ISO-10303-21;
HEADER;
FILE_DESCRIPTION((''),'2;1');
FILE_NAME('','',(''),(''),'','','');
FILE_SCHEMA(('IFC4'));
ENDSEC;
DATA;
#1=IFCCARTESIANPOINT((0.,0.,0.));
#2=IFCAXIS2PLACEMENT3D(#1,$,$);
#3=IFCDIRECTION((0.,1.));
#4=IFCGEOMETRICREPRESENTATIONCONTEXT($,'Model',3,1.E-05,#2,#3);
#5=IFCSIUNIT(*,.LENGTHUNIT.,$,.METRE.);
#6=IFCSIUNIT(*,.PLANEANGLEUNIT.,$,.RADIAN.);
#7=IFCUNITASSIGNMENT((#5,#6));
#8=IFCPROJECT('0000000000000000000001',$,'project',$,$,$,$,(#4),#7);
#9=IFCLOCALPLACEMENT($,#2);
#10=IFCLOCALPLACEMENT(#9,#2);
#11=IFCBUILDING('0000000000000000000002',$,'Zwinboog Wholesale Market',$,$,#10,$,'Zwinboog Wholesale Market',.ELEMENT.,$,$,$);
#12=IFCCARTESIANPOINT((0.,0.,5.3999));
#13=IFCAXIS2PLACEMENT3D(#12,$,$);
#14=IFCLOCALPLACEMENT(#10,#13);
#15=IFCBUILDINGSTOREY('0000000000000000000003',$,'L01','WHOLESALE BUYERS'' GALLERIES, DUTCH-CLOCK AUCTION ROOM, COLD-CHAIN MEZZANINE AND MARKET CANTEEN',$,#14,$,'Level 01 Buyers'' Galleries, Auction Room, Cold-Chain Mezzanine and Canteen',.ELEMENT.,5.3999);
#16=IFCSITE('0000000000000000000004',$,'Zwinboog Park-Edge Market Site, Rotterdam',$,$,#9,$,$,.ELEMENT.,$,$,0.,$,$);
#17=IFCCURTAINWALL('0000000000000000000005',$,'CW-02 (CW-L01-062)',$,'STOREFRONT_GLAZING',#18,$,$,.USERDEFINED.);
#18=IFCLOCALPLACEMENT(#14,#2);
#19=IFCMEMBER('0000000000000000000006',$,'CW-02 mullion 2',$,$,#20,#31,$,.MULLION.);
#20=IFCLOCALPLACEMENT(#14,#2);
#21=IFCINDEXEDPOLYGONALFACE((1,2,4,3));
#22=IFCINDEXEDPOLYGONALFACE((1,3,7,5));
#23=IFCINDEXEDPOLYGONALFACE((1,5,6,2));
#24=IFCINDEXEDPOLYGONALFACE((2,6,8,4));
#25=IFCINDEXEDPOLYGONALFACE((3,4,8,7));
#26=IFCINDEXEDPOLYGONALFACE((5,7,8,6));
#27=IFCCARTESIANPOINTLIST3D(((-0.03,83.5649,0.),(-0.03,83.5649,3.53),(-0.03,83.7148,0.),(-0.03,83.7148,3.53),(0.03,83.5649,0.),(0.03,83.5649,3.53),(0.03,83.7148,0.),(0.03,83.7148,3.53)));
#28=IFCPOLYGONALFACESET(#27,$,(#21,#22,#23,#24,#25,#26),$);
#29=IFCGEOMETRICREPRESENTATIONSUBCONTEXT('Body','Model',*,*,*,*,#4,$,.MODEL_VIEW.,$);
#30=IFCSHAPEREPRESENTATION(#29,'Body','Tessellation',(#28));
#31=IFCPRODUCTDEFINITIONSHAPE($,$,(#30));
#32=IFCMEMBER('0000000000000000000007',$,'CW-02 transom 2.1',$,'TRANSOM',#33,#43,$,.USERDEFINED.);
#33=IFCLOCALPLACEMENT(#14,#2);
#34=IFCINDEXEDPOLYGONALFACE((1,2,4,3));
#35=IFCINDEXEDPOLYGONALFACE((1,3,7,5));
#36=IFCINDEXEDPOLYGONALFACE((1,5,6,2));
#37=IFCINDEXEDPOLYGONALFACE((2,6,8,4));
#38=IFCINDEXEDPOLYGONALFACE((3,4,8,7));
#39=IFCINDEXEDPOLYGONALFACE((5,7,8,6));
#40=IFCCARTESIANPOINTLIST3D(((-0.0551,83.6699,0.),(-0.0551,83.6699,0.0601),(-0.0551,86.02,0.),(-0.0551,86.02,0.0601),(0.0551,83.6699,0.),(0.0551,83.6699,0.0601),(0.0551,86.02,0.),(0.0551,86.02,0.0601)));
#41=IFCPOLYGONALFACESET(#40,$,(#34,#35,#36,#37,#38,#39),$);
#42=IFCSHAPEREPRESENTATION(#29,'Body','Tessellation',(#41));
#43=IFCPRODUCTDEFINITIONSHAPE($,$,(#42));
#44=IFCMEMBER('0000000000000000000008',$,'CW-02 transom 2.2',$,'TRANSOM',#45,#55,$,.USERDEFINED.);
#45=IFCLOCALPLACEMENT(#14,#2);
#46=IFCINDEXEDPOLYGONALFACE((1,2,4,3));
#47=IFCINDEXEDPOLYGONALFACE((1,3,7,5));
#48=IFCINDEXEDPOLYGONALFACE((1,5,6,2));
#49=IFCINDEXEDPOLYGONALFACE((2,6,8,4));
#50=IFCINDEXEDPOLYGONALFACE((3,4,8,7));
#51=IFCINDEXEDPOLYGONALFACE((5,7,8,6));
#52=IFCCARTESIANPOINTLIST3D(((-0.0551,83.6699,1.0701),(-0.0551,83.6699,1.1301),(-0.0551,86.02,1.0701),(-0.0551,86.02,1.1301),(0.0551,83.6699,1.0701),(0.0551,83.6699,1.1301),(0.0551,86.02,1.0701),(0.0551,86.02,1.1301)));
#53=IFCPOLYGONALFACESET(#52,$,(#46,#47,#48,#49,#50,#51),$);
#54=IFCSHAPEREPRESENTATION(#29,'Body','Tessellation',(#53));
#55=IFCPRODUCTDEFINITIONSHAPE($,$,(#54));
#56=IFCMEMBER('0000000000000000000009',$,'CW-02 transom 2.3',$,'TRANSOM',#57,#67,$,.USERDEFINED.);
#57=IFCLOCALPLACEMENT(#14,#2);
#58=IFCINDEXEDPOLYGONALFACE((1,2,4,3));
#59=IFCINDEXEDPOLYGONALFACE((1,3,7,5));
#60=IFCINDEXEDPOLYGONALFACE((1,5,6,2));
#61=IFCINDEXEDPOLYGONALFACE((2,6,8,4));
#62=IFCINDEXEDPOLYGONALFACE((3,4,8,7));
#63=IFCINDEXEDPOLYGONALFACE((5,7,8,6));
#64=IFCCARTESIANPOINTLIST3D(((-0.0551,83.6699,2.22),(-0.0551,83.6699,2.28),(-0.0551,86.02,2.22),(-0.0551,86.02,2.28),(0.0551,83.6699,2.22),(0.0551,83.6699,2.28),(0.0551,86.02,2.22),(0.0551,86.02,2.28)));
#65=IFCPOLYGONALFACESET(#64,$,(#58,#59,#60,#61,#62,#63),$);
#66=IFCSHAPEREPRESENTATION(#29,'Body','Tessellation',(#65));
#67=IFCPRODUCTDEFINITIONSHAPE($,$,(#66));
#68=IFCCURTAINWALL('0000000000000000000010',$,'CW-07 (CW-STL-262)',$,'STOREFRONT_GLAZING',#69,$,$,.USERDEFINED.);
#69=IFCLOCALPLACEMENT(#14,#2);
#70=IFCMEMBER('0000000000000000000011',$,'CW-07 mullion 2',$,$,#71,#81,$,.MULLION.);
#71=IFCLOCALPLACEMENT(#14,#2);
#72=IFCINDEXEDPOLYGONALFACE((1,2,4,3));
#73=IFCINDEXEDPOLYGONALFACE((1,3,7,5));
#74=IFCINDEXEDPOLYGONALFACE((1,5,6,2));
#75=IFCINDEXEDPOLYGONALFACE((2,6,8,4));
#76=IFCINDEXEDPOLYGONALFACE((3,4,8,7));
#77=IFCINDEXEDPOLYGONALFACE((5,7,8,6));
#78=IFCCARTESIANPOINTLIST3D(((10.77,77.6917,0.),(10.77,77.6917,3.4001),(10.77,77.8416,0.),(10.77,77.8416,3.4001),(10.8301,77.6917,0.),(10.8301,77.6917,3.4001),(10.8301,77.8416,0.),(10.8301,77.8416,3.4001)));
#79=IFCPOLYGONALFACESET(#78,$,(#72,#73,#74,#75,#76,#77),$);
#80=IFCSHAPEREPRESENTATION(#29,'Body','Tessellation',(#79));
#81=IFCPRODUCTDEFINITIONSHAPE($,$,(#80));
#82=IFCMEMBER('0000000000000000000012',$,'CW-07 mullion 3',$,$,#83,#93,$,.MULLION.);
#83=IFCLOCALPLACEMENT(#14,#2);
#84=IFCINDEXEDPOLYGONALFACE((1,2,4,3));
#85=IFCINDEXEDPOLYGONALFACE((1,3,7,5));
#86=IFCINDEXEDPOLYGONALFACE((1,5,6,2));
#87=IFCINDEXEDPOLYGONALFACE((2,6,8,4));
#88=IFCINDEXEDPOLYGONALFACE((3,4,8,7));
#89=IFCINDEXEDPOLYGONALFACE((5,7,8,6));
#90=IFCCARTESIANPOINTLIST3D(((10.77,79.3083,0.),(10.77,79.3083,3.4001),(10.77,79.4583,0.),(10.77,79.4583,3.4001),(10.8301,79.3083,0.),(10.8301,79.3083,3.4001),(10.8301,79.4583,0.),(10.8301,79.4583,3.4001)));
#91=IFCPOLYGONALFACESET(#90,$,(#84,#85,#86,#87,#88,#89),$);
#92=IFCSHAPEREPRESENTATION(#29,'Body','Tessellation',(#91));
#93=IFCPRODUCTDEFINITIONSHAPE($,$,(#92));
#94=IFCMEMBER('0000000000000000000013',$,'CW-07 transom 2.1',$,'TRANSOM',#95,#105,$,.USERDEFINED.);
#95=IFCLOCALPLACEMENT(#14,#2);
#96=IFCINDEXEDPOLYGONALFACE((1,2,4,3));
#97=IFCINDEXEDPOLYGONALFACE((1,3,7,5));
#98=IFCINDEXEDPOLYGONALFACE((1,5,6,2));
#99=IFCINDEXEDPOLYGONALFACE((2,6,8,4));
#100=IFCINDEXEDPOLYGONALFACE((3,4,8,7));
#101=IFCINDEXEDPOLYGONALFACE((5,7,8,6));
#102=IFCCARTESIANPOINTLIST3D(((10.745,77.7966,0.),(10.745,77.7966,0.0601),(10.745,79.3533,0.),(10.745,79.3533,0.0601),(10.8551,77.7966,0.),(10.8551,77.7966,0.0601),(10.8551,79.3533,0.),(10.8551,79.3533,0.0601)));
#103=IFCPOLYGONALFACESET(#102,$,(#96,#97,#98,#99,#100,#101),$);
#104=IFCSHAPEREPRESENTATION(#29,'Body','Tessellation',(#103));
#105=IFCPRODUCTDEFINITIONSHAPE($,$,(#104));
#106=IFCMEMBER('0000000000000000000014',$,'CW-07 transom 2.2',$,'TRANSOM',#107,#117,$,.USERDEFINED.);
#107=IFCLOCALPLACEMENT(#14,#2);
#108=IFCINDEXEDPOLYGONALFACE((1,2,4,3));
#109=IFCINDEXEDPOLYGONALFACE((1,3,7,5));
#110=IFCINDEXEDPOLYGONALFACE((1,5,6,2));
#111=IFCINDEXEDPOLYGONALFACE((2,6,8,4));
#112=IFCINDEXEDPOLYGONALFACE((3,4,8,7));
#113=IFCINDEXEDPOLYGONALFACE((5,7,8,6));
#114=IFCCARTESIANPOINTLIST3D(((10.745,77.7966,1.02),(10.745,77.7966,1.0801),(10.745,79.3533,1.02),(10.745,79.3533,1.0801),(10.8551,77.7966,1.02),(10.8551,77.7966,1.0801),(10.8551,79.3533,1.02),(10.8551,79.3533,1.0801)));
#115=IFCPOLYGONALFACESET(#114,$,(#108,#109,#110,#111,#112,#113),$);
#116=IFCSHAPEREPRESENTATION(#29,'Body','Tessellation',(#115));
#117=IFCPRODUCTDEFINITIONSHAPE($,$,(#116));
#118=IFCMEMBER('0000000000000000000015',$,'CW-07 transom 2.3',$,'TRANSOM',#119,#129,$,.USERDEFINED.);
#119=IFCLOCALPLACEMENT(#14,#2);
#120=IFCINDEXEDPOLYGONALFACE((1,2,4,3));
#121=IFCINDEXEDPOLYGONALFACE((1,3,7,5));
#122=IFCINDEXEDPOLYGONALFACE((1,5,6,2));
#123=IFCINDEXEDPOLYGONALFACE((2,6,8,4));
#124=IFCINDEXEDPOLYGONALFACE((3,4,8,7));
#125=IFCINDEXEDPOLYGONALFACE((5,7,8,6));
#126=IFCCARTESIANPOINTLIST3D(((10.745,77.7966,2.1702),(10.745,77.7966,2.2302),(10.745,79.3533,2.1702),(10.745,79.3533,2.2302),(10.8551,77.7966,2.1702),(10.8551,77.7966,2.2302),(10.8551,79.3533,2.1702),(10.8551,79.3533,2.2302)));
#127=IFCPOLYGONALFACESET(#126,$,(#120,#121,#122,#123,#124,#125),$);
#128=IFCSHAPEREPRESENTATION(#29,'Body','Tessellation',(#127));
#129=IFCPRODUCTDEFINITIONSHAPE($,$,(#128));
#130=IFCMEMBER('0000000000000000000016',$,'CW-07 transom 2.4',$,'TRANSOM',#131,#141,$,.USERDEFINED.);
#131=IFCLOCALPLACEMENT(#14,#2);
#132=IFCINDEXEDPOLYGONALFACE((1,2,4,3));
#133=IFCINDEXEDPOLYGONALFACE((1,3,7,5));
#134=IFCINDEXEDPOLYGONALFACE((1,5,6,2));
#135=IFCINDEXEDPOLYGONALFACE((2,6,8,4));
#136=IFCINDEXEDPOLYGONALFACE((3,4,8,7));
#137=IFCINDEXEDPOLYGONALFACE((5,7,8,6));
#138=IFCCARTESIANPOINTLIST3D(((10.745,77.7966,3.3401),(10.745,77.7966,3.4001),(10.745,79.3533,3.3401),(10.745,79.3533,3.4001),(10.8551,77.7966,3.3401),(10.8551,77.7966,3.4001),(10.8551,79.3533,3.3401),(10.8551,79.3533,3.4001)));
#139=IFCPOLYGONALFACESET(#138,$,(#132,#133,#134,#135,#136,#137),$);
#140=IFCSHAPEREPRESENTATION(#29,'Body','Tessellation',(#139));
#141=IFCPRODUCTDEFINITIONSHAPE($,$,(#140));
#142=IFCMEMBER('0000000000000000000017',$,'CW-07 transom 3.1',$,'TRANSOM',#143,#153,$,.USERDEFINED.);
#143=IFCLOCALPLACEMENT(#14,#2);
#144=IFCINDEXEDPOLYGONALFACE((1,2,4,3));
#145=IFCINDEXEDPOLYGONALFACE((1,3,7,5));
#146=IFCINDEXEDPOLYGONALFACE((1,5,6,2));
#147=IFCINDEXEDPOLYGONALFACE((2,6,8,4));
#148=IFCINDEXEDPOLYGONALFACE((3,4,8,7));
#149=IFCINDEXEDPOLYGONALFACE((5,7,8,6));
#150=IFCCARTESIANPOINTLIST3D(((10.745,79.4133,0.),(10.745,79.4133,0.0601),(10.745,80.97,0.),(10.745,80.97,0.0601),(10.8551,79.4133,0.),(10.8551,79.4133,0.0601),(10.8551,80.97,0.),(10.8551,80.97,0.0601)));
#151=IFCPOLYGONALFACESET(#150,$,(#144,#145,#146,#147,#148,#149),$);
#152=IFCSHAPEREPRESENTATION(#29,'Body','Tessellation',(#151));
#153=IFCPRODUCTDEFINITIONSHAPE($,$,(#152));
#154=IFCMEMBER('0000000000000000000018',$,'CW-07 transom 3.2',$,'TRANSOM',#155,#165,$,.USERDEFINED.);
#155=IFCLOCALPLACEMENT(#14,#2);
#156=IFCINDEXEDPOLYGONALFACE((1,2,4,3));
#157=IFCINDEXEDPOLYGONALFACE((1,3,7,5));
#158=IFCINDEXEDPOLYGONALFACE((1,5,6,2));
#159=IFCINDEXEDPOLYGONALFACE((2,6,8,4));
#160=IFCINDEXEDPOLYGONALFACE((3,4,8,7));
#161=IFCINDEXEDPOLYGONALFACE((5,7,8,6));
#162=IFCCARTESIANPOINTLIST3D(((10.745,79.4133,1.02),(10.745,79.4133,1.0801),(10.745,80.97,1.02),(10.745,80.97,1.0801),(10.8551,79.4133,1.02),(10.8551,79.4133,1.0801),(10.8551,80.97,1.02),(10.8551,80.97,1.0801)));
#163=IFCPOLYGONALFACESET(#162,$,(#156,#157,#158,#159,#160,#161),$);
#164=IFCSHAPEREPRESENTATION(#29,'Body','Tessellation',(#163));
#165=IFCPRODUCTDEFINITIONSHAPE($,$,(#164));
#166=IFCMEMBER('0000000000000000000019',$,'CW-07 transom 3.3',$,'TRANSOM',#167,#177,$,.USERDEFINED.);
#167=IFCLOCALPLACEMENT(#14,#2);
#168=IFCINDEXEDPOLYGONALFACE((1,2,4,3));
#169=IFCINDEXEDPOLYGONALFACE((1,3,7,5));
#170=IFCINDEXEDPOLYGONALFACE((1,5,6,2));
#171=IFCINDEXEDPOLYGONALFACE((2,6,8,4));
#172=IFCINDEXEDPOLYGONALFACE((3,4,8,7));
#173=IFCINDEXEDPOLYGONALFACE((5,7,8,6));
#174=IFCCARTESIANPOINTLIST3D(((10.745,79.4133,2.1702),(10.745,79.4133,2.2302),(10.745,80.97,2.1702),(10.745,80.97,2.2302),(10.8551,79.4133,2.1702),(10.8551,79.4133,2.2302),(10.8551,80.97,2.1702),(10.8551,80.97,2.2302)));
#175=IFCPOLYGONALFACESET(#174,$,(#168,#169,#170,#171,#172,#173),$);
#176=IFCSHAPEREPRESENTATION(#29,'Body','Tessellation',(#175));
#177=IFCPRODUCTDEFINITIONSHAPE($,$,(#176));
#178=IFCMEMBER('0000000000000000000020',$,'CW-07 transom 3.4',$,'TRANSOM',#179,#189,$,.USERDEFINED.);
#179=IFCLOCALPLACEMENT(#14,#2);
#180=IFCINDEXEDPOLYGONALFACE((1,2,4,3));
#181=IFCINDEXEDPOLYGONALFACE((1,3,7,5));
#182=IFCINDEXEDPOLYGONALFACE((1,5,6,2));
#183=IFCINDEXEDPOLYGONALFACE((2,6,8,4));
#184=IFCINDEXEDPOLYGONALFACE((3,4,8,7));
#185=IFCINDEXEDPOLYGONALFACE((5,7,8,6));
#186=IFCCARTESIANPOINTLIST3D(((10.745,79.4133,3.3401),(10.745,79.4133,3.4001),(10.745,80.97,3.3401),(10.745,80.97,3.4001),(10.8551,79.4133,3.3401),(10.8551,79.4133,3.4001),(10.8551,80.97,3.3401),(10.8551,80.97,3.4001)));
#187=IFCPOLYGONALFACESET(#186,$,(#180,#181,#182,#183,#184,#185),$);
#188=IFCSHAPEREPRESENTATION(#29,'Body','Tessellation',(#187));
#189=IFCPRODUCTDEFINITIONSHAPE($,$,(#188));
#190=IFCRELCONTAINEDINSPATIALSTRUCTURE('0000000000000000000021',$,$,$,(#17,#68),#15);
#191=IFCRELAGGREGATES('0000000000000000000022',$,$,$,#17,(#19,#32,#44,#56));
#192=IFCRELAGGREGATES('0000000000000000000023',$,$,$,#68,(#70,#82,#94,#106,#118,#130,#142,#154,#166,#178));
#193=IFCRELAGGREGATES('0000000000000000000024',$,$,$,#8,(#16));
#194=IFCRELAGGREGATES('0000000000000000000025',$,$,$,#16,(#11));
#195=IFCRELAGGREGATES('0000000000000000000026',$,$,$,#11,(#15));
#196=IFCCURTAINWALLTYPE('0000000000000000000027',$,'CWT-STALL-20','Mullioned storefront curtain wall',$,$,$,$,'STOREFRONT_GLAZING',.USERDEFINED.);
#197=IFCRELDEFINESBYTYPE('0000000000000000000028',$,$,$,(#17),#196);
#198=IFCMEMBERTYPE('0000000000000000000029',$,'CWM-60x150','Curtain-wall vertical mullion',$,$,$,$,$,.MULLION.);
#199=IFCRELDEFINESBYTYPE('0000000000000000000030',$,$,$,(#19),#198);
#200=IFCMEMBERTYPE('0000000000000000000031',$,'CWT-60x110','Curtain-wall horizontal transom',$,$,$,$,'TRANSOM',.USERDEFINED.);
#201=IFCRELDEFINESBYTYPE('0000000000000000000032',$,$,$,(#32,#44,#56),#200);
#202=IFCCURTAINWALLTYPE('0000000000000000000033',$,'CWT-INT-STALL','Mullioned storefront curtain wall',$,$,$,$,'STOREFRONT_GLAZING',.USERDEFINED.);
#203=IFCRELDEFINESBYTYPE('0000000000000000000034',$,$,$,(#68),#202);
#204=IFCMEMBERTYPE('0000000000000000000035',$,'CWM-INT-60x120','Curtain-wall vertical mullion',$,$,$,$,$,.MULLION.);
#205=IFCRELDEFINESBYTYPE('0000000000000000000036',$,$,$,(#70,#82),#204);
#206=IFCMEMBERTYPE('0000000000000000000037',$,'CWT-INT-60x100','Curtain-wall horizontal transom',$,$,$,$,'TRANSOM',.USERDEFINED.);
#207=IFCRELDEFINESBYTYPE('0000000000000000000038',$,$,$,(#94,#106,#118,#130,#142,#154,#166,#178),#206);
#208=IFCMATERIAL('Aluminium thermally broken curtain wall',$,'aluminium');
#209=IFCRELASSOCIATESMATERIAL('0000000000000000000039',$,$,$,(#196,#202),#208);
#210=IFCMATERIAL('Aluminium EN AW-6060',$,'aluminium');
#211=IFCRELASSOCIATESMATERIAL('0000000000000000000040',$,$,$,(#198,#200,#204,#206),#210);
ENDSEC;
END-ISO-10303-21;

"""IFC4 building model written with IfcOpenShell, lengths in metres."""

from ifc_helpers import new_model, si_unit, direction, frame, origin, origin_2d, place, context, subcontext, project, spatial, rectangle, extrude, material, material_profile, profile_set, type_object, element, aggregate, save


model = new_model("IFC4")

# Units and contexts
model_context = context("Model", 3, precision=1e-05, world=origin(), true_north=direction((0.0, 1.0)))
body_context = subcontext(model_context, "Body", "Model", "MODEL_VIEW")
ifc_project = project(units=[si_unit("LENGTHUNIT", "METRE"), si_unit("PLANEANGLEUNIT", "RADIAN")], contexts=[model_context])

# Site, building, storey
site_placement = place(None, origin())
site = spatial("IfcSite", under=ifc_project, at=site_placement, Name="Zwinboog Park-Edge Market Site, Rotterdam", CompositionType="ELEMENT", RefElevation=0.0)
building_placement = place(site_placement, origin())
building = spatial("IfcBuilding", under=site, at=building_placement, Name="Zwinboog Wholesale Market", LongName="Zwinboog Wholesale Market", CompositionType="ELEMENT")
storey_placement = place(building_placement, frame((0.0, 0.0, 5.3999)))
storey = spatial("IfcBuildingStorey", under=building, at=storey_placement, Name="L01", Description="WHOLESALE BUYERS' GALLERIES, DUTCH-CLOCK AUCTION ROOM, COLD-CHAIN MEZZANINE AND MARKET CANTEEN", LongName="Level 01 Buyers' Galleries, Auction Room, Cold-Chain Mezzanine and Canteen", CompositionType="ELEMENT", Elevation=5.3999)

# Curtain wall, members
ifc_material_1 = material(Name="Aluminium thermally broken curtain wall", Category="aluminium")
curtain_wall_type_1 = type_object("IfcCurtainWallType", Name="CWT-STALL-20", Description="Mullioned storefront curtain wall", ElementType="STOREFRONT_GLAZING", PredefinedType="USERDEFINED", material=ifc_material_1)
curtain_wall_1_placement = place(storey_placement, origin())
curtain_wall_1 = element("IfcCurtainWall", 1, at=curtain_wall_1_placement, inside=storey, type_object=curtain_wall_type_1, Name="CW-02 (CW-L01-062)", ObjectType="STOREFRONT_GLAZING", PredefinedType="USERDEFINED")
ifc_material_2 = material(Name="Aluminium EN AW-6060", Category="aluminium")
ifc_material_profile_1 = material_profile(ifc_material_2, rectangle(XDim=0.0601, YDim=0.1499, at=origin_2d()), Name="AL 60x150")
ifc_profile_set_1 = profile_set([ifc_material_profile_1], Name="Aluminium EN AW-6060")
member_type_1 = type_object("IfcMemberType", Name="CWM-60x150", Description="Curtain-wall vertical mullion", PredefinedType="MULLION", material=ifc_profile_set_1)
member_1_placement = place(storey_placement, frame((0.0, 83.6399, 0.0), z_axis=(0.0, 0.0, 1.0), x_axis=(-1.0, 0.0, 0.0)))
member_1 = element("IfcMember", 2, at=member_1_placement, type_object=member_type_1, Name="CW-02 mullion 2", PredefinedType="MULLION", context=body_context, shape_type="SweptSolid", body=[
    extrude(rectangle(XDim=0.0601, YDim=0.1499, at=origin_2d()), origin(), (0.0, 0.0, 1.0), 3.53),
])
ifc_material_profile_2 = material_profile(ifc_material_2, rectangle(XDim=0.1101, YDim=0.0601, at=origin_2d()), Name="AL 60x110")
ifc_profile_set_2 = profile_set([ifc_material_profile_2], Name="Aluminium EN AW-6060")
member_type_2 = type_object("IfcMemberType", Name="CWT-60x110", Description="Curtain-wall horizontal transom", ElementType="TRANSOM", PredefinedType="USERDEFINED", material=ifc_profile_set_2)
member_2_placement = place(storey_placement, frame((0.0, 83.6699, 0.03), z_axis=(0.0, 1.0, 0.0), x_axis=(-1.0, 0.0, 0.0)))
member_2 = element("IfcMember", 3, at=member_2_placement, type_object=member_type_2, Name="CW-02 transom 2.1", ObjectType="TRANSOM", PredefinedType="USERDEFINED", context=body_context, shape_type="SweptSolid", body=[
    extrude(rectangle(XDim=0.1101, YDim=0.0601, at=origin_2d()), origin(), (0.0, 0.0, 1.0), 2.3501),
])
member_3_placement = place(storey_placement, frame((0.0, 83.6699, 1.1001), z_axis=(0.0, 1.0, 0.0), x_axis=(-1.0, 0.0, 0.0)))
member_3 = element("IfcMember", 4, at=member_3_placement, type_object=member_type_2, Name="CW-02 transom 2.2", ObjectType="TRANSOM", PredefinedType="USERDEFINED", context=body_context, shape_type="SweptSolid", body=[
    extrude(rectangle(XDim=0.1101, YDim=0.0601, at=origin_2d()), origin(), (0.0, 0.0, 1.0), 2.3501),
])
member_4_placement = place(storey_placement, frame((0.0, 83.6699, 2.25), z_axis=(0.0, 1.0, 0.0), x_axis=(-1.0, 0.0, 0.0)))
member_4 = element("IfcMember", 5, at=member_4_placement, type_object=member_type_2, Name="CW-02 transom 2.3", ObjectType="TRANSOM", PredefinedType="USERDEFINED", context=body_context, shape_type="SweptSolid", body=[
    extrude(rectangle(XDim=0.1101, YDim=0.0601, at=origin_2d()), origin(), (0.0, 0.0, 1.0), 2.3501),
])
aggregate(curtain_wall_1, [member_1, member_2, member_3, member_4])

# Curtain wall, members
curtain_wall_type_2 = type_object("IfcCurtainWallType", Name="CWT-INT-STALL", Description="Mullioned storefront curtain wall", ElementType="STOREFRONT_GLAZING", PredefinedType="USERDEFINED", material=ifc_material_1)
curtain_wall_2_placement = place(storey_placement, origin())
curtain_wall_2 = element("IfcCurtainWall", 6, at=curtain_wall_2_placement, inside=storey, type_object=curtain_wall_type_2, Name="CW-07 (CW-STL-262)", ObjectType="STOREFRONT_GLAZING", PredefinedType="USERDEFINED")
ifc_material_profile_3 = material_profile(ifc_material_2, rectangle(XDim=0.0601, YDim=0.1499, at=origin_2d()), Name="AL 60x150")
ifc_profile_set_3 = profile_set([ifc_material_profile_3], Name="Aluminium EN AW-6060")
member_type_3 = type_object("IfcMemberType", Name="CWM-INT-60x120", Description="Curtain-wall vertical mullion", PredefinedType="MULLION", material=ifc_profile_set_3)
member_5_placement = place(storey_placement, frame((10.8, 77.7666, 0.0), z_axis=(0.0, 0.0, 1.0), x_axis=(-1.0, 0.0, 0.0)))
member_5 = element("IfcMember", 7, at=member_5_placement, type_object=member_type_3, Name="CW-07 mullion 2", PredefinedType="MULLION", context=body_context, shape_type="SweptSolid", body=[
    extrude(rectangle(XDim=0.0601, YDim=0.1499, at=origin_2d()), origin(), (0.0, 0.0, 1.0), 3.4001),
])
member_6_placement = place(storey_placement, frame((10.8, 79.3833, 0.0), z_axis=(0.0, 0.0, 1.0), x_axis=(-1.0, 0.0, 0.0)))
member_6 = element("IfcMember", 8, at=member_6_placement, type_object=member_type_3, Name="CW-07 mullion 3", PredefinedType="MULLION", context=body_context, shape_type="SweptSolid", body=[
    extrude(rectangle(XDim=0.0601, YDim=0.1499, at=origin_2d()), origin(), (0.0, 0.0, 1.0), 3.4001),
])
ifc_material_profile_4 = material_profile(ifc_material_2, rectangle(XDim=0.1101, YDim=0.0601, at=origin_2d()), Name="AL 60x110")
ifc_profile_set_4 = profile_set([ifc_material_profile_4], Name="Aluminium EN AW-6060")
member_type_4 = type_object("IfcMemberType", Name="CWT-INT-60x100", Description="Curtain-wall horizontal transom", ElementType="TRANSOM", PredefinedType="USERDEFINED", material=ifc_profile_set_4)
member_7_placement = place(storey_placement, frame((10.8, 77.7966, 0.03), z_axis=(0.0, 1.0, 0.0), x_axis=(-1.0, 0.0, 0.0)))
member_7 = element("IfcMember", 9, at=member_7_placement, type_object=member_type_4, Name="CW-07 transom 2.1", ObjectType="TRANSOM", PredefinedType="USERDEFINED", context=body_context, shape_type="SweptSolid", body=[
    extrude(rectangle(XDim=0.1101, YDim=0.0601, at=origin_2d()), origin(), (0.0, 0.0, 1.0), 1.5566),
])
member_8_placement = place(storey_placement, frame((10.8, 77.7966, 1.05), z_axis=(0.0, 1.0, 0.0), x_axis=(-1.0, 0.0, 0.0)))
member_8 = element("IfcMember", 10, at=member_8_placement, type_object=member_type_4, Name="CW-07 transom 2.2", ObjectType="TRANSOM", PredefinedType="USERDEFINED", context=body_context, shape_type="SweptSolid", body=[
    extrude(rectangle(XDim=0.1101, YDim=0.0601, at=origin_2d()), origin(), (0.0, 0.0, 1.0), 1.5566),
])
member_9_placement = place(storey_placement, frame((10.8, 77.7966, 2.2002), z_axis=(0.0, 1.0, 0.0), x_axis=(-1.0, 0.0, 0.0)))
member_9 = element("IfcMember", 11, at=member_9_placement, type_object=member_type_4, Name="CW-07 transom 2.3", ObjectType="TRANSOM", PredefinedType="USERDEFINED", context=body_context, shape_type="SweptSolid", body=[
    extrude(rectangle(XDim=0.1101, YDim=0.0601, at=origin_2d()), origin(), (0.0, 0.0, 1.0), 1.5566),
])
member_10_placement = place(storey_placement, frame((10.8, 77.7966, 3.3701), z_axis=(0.0, 1.0, 0.0), x_axis=(-1.0, 0.0, 0.0)))
member_10 = element("IfcMember", 12, at=member_10_placement, type_object=member_type_4, Name="CW-07 transom 2.4", ObjectType="TRANSOM", PredefinedType="USERDEFINED", context=body_context, shape_type="SweptSolid", body=[
    extrude(rectangle(XDim=0.1101, YDim=0.0601, at=origin_2d()), origin(), (0.0, 0.0, 1.0), 1.5566),
])
member_11_placement = place(storey_placement, frame((10.8, 79.4133, 0.03), z_axis=(0.0, 1.0, 0.0), x_axis=(-1.0, 0.0, 0.0)))
member_11 = element("IfcMember", 13, at=member_11_placement, type_object=member_type_4, Name="CW-07 transom 3.1", ObjectType="TRANSOM", PredefinedType="USERDEFINED", context=body_context, shape_type="SweptSolid", body=[
    extrude(rectangle(XDim=0.1101, YDim=0.0601, at=origin_2d()), origin(), (0.0, 0.0, 1.0), 1.5566),
])
member_12_placement = place(storey_placement, frame((10.8, 79.4133, 1.05), z_axis=(0.0, 1.0, 0.0), x_axis=(-1.0, 0.0, 0.0)))
member_12 = element("IfcMember", 14, at=member_12_placement, type_object=member_type_4, Name="CW-07 transom 3.2", ObjectType="TRANSOM", PredefinedType="USERDEFINED", context=body_context, shape_type="SweptSolid", body=[
    extrude(rectangle(XDim=0.1101, YDim=0.0601, at=origin_2d()), origin(), (0.0, 0.0, 1.0), 1.5566),
])
member_13_placement = place(storey_placement, frame((10.8, 79.4133, 2.2002), z_axis=(0.0, 1.0, 0.0), x_axis=(-1.0, 0.0, 0.0)))
member_13 = element("IfcMember", 15, at=member_13_placement, type_object=member_type_4, Name="CW-07 transom 3.3", ObjectType="TRANSOM", PredefinedType="USERDEFINED", context=body_context, shape_type="SweptSolid", body=[
    extrude(rectangle(XDim=0.1101, YDim=0.0601, at=origin_2d()), origin(), (0.0, 0.0, 1.0), 1.5566),
])
member_14_placement = place(storey_placement, frame((10.8, 79.4133, 3.3701), z_axis=(0.0, 1.0, 0.0), x_axis=(-1.0, 0.0, 0.0)))
member_14 = element("IfcMember", 16, at=member_14_placement, type_object=member_type_4, Name="CW-07 transom 3.4", ObjectType="TRANSOM", PredefinedType="USERDEFINED", context=body_context, shape_type="SweptSolid", body=[
    extrude(rectangle(XDim=0.1101, YDim=0.0601, at=origin_2d()), origin(), (0.0, 0.0, 1.0), 1.5566),
])
aggregate(curtain_wall_2, [member_5, member_6, member_7, member_8, member_9, member_10, member_11, member_12, member_13, member_14])

save(model, "model.ifc")
